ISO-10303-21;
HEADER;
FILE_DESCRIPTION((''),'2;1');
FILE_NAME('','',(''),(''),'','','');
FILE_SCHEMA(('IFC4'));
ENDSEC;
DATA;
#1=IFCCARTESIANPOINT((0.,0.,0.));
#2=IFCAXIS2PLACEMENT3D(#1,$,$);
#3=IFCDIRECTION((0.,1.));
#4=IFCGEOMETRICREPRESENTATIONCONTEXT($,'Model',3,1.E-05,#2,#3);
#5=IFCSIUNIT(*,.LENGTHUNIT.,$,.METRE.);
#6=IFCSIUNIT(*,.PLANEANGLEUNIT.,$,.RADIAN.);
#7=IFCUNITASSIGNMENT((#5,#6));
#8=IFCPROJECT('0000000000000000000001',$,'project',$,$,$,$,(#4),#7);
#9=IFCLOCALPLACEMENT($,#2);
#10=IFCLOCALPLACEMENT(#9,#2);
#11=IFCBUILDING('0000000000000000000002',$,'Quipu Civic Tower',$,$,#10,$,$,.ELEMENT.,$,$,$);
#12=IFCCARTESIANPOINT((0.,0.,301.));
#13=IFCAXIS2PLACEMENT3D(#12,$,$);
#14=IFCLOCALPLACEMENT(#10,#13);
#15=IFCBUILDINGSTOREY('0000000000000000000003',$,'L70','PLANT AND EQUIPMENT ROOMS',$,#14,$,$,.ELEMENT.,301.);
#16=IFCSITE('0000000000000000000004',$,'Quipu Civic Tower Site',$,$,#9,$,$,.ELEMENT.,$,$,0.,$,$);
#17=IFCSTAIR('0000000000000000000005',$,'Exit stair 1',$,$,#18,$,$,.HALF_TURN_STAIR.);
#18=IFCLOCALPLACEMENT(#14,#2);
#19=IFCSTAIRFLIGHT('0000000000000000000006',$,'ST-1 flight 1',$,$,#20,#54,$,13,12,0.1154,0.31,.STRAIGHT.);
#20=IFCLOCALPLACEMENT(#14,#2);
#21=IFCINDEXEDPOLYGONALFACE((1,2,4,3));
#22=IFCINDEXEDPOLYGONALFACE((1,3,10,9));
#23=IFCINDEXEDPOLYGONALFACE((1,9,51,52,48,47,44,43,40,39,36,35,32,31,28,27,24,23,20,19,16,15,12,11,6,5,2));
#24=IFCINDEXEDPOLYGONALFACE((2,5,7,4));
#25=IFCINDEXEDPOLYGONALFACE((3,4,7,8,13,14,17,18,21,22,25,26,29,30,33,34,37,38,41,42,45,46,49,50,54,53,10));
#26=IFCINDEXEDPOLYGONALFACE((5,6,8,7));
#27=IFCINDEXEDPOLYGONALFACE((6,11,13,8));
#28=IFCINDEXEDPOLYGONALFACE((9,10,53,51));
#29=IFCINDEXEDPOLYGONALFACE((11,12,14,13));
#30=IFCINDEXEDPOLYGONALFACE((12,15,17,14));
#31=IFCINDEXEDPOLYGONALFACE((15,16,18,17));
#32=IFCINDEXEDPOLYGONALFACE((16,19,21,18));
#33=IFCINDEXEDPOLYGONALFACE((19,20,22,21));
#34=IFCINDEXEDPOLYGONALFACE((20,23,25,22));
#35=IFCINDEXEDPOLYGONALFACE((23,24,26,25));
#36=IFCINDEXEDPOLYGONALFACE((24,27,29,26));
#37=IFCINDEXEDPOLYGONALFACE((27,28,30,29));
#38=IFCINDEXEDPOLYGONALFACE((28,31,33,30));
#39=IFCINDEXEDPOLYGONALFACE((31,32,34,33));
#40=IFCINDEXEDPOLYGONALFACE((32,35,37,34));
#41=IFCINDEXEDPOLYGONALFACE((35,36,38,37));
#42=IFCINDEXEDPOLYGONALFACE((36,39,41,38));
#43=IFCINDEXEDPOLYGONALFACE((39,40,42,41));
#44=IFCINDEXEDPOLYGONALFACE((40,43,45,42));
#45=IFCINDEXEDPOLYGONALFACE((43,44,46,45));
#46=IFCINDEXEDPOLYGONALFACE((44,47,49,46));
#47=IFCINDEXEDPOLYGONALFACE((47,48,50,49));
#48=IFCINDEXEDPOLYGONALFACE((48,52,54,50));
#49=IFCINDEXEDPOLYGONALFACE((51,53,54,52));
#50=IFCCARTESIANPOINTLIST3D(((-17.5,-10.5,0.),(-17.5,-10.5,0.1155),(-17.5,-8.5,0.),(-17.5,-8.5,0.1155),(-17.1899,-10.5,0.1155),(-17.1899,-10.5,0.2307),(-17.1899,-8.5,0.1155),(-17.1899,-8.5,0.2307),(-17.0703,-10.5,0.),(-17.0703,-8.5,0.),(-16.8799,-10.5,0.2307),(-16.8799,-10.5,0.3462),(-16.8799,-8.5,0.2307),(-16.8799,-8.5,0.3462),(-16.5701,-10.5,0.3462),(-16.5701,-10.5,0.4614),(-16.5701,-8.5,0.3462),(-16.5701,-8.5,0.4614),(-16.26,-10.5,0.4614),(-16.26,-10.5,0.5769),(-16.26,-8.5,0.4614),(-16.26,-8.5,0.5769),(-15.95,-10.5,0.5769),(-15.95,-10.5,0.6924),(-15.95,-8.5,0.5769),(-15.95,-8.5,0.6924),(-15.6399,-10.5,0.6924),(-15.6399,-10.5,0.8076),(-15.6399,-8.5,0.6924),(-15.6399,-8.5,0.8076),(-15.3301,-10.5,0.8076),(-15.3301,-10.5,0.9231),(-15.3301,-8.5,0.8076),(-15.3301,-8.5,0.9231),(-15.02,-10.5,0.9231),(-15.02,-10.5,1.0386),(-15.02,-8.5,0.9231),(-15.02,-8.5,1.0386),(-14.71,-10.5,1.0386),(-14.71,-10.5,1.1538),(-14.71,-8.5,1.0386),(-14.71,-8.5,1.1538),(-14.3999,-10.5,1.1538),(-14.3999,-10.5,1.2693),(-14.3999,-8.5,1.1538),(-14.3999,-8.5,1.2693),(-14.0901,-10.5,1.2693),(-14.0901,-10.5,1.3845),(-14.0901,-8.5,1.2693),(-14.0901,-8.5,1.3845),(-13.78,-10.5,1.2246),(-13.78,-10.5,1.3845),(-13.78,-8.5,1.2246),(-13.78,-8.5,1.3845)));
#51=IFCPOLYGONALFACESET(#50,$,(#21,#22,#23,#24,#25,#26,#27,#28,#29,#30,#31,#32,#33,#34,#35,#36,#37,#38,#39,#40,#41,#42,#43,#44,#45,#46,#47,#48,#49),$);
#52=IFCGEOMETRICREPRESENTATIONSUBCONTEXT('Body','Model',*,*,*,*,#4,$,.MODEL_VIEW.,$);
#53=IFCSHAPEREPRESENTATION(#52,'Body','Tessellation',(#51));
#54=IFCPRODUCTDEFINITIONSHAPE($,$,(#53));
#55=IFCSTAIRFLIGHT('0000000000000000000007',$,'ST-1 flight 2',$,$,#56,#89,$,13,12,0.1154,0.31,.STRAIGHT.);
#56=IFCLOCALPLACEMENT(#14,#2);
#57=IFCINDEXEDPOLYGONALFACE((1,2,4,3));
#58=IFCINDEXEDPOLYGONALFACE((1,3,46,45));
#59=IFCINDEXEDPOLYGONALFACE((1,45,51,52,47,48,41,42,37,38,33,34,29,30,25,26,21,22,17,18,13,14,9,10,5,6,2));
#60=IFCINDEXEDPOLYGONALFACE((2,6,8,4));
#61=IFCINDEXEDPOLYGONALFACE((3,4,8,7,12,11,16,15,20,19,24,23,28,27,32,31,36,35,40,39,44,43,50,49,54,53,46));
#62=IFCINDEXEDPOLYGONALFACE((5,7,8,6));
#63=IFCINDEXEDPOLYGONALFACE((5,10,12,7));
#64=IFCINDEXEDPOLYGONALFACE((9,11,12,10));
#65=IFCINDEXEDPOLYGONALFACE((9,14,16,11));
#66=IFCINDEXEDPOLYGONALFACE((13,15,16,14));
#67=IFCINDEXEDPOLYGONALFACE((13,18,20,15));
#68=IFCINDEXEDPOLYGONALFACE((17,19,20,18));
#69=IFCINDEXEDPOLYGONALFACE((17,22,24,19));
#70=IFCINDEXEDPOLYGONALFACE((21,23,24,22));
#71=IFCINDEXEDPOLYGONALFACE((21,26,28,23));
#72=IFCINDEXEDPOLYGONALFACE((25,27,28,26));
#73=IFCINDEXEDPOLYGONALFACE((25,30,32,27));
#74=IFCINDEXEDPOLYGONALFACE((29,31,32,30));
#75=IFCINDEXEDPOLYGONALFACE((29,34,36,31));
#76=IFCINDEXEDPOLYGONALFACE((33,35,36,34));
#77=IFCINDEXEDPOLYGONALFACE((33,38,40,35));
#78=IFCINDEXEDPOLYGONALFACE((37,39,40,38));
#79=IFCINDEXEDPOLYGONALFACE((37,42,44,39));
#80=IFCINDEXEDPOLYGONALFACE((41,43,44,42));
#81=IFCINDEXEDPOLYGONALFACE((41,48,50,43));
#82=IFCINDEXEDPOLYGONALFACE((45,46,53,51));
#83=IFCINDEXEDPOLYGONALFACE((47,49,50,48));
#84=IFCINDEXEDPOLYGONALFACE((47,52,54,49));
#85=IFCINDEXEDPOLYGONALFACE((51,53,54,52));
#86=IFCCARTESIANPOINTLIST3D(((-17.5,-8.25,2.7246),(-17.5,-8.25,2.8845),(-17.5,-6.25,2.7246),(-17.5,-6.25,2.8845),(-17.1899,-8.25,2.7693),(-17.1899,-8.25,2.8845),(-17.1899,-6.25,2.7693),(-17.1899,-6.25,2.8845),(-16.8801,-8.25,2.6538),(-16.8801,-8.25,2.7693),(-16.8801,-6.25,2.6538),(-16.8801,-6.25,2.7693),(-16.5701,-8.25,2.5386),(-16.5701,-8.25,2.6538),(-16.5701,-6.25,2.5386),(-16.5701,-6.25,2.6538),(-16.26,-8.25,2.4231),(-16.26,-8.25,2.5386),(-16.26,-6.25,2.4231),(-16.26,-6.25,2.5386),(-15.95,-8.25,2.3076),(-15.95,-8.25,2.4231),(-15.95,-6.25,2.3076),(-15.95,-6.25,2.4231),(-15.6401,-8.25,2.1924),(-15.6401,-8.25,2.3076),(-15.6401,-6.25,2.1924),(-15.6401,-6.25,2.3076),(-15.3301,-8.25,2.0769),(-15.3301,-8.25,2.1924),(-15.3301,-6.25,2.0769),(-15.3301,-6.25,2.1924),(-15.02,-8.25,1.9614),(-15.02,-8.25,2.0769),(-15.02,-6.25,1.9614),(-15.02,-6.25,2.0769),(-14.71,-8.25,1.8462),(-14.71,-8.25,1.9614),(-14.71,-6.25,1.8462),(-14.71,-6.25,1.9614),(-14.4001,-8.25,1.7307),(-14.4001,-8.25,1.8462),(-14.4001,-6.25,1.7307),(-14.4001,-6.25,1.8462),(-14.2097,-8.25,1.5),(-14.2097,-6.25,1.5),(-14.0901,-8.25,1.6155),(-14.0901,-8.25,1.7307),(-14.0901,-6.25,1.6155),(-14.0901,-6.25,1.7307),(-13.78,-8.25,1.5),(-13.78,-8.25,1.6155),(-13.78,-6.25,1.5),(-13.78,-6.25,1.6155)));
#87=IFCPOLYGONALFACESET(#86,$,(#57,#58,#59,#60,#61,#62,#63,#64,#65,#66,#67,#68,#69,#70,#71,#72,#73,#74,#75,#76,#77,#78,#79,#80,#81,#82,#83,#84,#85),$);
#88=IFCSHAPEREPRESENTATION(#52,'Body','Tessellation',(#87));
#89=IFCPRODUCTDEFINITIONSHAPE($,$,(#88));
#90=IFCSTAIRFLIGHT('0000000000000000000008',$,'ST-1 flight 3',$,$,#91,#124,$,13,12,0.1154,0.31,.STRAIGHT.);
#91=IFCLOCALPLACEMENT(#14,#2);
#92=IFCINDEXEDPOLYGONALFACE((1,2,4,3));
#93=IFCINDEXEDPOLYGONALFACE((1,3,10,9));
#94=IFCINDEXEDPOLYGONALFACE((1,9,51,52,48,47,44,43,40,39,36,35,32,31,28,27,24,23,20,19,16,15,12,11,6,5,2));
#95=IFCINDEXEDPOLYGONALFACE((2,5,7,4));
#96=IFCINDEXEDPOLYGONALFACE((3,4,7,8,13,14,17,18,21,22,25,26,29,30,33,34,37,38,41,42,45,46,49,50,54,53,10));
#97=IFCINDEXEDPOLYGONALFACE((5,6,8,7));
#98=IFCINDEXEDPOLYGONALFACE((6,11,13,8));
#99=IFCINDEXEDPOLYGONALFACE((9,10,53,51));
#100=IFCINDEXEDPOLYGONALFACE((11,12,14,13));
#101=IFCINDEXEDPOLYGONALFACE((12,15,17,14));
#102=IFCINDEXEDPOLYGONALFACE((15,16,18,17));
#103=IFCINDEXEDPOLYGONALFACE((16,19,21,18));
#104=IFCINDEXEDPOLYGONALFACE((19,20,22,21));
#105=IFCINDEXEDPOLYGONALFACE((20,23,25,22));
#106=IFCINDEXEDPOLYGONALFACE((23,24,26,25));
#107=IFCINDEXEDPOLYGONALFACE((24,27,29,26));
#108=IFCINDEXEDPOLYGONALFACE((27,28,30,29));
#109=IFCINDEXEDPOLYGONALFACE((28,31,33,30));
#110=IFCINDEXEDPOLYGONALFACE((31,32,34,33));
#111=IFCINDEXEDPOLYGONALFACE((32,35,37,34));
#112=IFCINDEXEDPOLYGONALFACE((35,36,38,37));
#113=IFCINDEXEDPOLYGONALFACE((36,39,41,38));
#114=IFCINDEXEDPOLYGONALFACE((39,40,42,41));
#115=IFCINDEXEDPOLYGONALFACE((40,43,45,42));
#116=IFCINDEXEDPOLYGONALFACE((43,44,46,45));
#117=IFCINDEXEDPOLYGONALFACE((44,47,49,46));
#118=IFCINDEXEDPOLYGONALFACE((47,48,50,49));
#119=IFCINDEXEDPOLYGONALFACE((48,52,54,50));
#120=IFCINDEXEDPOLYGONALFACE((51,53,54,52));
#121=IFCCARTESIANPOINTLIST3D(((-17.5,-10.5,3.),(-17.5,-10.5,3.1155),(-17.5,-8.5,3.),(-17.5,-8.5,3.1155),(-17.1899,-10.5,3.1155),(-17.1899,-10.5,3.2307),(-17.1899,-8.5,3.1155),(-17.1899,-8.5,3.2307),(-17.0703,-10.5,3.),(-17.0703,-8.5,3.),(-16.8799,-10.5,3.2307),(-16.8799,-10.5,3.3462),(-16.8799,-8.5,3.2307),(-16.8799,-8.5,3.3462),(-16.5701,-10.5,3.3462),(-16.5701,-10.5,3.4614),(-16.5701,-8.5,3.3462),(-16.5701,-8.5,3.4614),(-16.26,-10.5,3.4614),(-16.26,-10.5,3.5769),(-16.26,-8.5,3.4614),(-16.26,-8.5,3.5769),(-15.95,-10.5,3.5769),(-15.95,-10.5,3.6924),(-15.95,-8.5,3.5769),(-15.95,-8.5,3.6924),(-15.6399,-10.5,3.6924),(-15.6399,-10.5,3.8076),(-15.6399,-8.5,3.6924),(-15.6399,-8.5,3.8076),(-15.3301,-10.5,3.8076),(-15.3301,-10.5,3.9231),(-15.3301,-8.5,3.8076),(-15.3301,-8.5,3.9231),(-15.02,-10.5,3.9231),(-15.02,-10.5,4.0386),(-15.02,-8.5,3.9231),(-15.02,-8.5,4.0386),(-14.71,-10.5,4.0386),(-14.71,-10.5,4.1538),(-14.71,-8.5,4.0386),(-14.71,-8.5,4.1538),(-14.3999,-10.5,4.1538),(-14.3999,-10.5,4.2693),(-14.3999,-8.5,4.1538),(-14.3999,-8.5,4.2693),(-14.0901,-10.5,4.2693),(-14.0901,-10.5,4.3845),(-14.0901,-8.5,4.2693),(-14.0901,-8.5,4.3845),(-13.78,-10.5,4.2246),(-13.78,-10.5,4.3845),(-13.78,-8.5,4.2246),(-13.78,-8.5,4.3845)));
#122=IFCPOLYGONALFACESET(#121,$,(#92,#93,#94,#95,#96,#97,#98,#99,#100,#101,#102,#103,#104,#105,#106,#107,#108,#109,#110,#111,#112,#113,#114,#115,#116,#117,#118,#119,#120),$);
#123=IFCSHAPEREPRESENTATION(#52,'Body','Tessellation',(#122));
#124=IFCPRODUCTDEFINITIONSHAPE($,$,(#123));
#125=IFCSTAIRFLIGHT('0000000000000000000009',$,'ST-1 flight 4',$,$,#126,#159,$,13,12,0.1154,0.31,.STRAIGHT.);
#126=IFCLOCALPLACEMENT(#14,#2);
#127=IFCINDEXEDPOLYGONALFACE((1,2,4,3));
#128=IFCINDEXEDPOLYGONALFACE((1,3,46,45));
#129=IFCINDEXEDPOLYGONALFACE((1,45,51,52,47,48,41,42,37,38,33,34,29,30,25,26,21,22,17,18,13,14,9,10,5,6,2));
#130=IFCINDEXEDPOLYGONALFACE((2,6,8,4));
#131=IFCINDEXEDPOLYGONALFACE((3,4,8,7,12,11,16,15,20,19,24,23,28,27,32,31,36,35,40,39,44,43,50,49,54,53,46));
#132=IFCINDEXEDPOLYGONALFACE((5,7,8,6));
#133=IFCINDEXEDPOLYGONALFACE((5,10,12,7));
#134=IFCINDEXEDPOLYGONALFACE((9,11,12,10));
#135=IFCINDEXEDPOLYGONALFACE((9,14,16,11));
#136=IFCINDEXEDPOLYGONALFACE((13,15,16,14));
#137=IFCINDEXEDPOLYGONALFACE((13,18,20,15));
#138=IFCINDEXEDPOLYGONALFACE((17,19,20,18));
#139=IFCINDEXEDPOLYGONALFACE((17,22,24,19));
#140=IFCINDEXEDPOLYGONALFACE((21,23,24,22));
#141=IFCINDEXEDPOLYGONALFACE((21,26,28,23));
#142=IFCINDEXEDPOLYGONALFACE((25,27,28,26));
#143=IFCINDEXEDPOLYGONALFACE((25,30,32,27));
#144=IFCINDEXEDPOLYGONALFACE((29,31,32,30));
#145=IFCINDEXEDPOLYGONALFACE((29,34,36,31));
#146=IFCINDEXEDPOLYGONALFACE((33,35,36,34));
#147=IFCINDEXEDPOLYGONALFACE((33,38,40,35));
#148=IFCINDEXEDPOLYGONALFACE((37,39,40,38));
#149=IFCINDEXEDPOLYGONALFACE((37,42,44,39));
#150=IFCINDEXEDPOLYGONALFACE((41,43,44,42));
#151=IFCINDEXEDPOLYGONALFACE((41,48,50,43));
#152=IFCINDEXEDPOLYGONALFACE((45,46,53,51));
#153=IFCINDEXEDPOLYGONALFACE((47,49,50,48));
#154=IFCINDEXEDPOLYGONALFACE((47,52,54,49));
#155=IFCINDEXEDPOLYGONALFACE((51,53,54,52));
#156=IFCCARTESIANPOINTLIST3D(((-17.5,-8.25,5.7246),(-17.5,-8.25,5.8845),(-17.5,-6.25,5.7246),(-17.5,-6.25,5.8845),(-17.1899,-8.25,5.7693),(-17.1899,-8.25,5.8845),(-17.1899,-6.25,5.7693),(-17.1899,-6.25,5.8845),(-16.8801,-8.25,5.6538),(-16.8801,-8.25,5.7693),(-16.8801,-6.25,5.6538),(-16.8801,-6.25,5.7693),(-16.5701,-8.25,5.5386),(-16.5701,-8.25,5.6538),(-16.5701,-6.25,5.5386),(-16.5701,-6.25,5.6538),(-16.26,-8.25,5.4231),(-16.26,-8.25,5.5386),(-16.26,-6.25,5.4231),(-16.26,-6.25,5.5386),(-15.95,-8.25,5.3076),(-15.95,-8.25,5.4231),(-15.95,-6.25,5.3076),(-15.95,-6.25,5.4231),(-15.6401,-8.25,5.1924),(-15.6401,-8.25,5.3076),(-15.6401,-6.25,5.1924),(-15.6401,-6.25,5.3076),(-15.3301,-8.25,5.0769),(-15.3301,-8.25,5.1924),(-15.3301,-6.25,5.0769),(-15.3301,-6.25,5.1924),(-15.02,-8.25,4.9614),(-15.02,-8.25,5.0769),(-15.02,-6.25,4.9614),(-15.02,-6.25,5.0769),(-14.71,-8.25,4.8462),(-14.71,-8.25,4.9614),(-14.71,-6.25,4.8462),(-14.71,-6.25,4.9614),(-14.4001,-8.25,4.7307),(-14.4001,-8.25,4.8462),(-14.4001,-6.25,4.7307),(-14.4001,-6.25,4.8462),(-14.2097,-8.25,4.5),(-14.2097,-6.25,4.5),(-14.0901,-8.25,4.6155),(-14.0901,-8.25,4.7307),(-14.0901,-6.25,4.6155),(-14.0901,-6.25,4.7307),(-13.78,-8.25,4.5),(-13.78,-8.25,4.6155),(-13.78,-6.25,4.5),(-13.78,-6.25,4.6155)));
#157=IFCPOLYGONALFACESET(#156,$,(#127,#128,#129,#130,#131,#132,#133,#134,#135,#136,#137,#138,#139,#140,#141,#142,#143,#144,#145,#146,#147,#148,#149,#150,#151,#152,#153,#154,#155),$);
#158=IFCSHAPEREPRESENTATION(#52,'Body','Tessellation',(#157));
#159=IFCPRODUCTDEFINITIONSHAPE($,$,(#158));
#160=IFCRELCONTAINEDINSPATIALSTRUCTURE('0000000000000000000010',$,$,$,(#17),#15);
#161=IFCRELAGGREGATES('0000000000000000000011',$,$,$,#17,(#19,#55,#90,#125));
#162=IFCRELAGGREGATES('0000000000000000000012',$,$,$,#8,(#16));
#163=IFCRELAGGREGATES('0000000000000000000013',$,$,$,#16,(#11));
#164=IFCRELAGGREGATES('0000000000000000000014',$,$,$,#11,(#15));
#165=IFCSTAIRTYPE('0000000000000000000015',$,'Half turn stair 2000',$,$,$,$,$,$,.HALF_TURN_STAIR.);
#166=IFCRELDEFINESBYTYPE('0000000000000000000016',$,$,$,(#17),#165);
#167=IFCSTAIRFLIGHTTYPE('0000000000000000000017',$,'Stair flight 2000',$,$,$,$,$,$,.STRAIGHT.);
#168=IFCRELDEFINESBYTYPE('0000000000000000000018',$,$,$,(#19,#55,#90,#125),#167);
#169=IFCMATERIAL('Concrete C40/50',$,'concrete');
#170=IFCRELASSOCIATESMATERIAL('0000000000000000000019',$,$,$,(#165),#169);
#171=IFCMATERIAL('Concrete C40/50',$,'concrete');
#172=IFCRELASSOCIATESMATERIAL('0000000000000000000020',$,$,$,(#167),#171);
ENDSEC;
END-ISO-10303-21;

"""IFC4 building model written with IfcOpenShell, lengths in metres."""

from ifc_helpers import new_model, si_unit, direction, frame, origin, place, context, subcontext, project, spatial, polyline, outline, extrude, material, type_object, element, aggregate, save


model = new_model("IFC4")

# Units and contexts
model_context = context("Model", 3, precision=1e-05, world=origin(), true_north=direction((0.0, 1.0)))
body_context = subcontext(model_context, "Body", "Model", "MODEL_VIEW")
ifc_project = project(units=[si_unit("LENGTHUNIT", "METRE"), si_unit("PLANEANGLEUNIT", "RADIAN")], contexts=[model_context])

# Site, building, storey
site_placement = place(None, origin())
site = spatial("IfcSite", under=ifc_project, at=site_placement, Name="Quipu Civic Tower Site", CompositionType="ELEMENT", RefElevation=0.0)
building_placement = place(site_placement, origin())
building = spatial("IfcBuilding", under=site, at=building_placement, Name="Quipu Civic Tower", CompositionType="ELEMENT")
storey_placement = place(building_placement, frame((0.0, 0.0, 301.0)))
storey = spatial("IfcBuildingStorey", under=building, at=storey_placement, Name="L70", Description="PLANT AND EQUIPMENT ROOMS", CompositionType="ELEMENT", Elevation=301.0)

# Stair, stair flights
ifc_material_1 = material(Name="Concrete C40/50", Category="concrete")
stair_type = type_object("IfcStairType", Name="Half turn stair 2000", PredefinedType="HALF_TURN_STAIR", material=ifc_material_1)
stair_placement = place(storey_placement, origin())
stair = element("IfcStair", 1, at=stair_placement, inside=storey, type_object=stair_type, Name="Exit stair 1", PredefinedType="HALF_TURN_STAIR")
ifc_material_2 = material(Name="Concrete C40/50", Category="concrete")
stair_flight_type = type_object("IfcStairFlightType", Name="Stair flight 2000", PredefinedType="STRAIGHT", material=ifc_material_2)
stair_flight_1_placement = place(storey_placement, frame((-17.5, -9.5, 0.0), z_axis=(0.0, 0.0, 1.0), x_axis=(1.0, 0.0, 0.0)))
stair_flight_1 = element("IfcStairFlight", 2, at=stair_flight_1_placement, type_object=stair_flight_type, Name="ST-1 flight 1", NumberOfRisers=13, NumberOfTreads=12, PredefinedType="STRAIGHT", RiserHeight=0.1154, TreadLength=0.31, context=body_context, shape_type="SweptSolid", body=[
    extrude(outline(polyline([(0.0, 0.0), (0.0, 0.1155), (0.3101, 0.1155), (0.3101, 0.2307), (0.6201, 0.2307), (0.6201, 0.3462), (0.9299, 0.3462), (0.9299, 0.4614), (1.24, 0.4614), (1.24, 0.5769), (1.55, 0.5769), (1.55, 0.6924), (1.8601, 0.6924), (1.8601, 0.8076), (2.1699, 0.8076), (2.1699, 0.9231), (2.48, 0.9231), (2.48, 1.0386), (2.79, 1.0386), (2.79, 1.1538), (3.1001, 1.1538), (3.1001, 1.2693), (3.4099, 1.2693), (3.4099, 1.3845), (3.72, 1.3845), (3.72, 1.5), (3.72, 1.2246), (0.4297, 0.0), (0.0, 0.0)])), frame((0.0, 1.0, 0.0), z_axis=(0.0, -1.0, 0.0), x_axis=(1.0, 0.0, 0.0)), (0.0, 0.0, 1.0), 2.0),
])
stair_flight_2_placement = place(storey_placement, frame((-13.78, -7.25, 1.5), z_axis=(0.0, 0.0, 1.0), x_axis=(-1.0, 0.0, 0.0)))
stair_flight_2 = element("IfcStairFlight", 3, at=stair_flight_2_placement, type_object=stair_flight_type, Name="ST-1 flight 2", NumberOfRisers=13, NumberOfTreads=12, PredefinedType="STRAIGHT", RiserHeight=0.1154, TreadLength=0.31, context=body_context, shape_type="SweptSolid", body=[
    extrude(outline(polyline([(0.0, 0.0), (0.0, 0.1155), (0.3101, 0.1155), (0.3101, 0.2307), (0.6201, 0.2307), (0.6201, 0.3462), (0.9299, 0.3462), (0.9299, 0.4614), (1.24, 0.4614), (1.24, 0.5769), (1.55, 0.5769), (1.55, 0.6924), (1.8601, 0.6924), (1.8601, 0.8076), (2.1699, 0.8076), (2.1699, 0.9231), (2.48, 0.9231), (2.48, 1.0386), (2.79, 1.0386), (2.79, 1.1538), (3.1001, 1.1538), (3.1001, 1.2693), (3.4099, 1.2693), (3.4099, 1.3845), (3.72, 1.3845), (3.72, 1.5), (3.72, 1.2246), (0.4297, 0.0), (0.0, 0.0)])), frame((0.0, 1.0, 0.0), z_axis=(0.0, -1.0, 0.0), x_axis=(1.0, 0.0, 0.0)), (0.0, 0.0, 1.0), 2.0),
])
stair_flight_3_placement = place(storey_placement, frame((-17.5, -9.5, 3.0), z_axis=(0.0, 0.0, 1.0), x_axis=(1.0, 0.0, 0.0)))
stair_flight_3 = element("IfcStairFlight", 4, at=stair_flight_3_placement, type_object=stair_flight_type, Name="ST-1 flight 3", NumberOfRisers=13, NumberOfTreads=12, PredefinedType="STRAIGHT", RiserHeight=0.1154, TreadLength=0.31, context=body_context, shape_type="SweptSolid", body=[
    extrude(outline(polyline([(0.0, 0.0), (0.0, 0.1155), (0.3101, 0.1155), (0.3101, 0.2307), (0.6201, 0.2307), (0.6201, 0.3462), (0.9299, 0.3462), (0.9299, 0.4614), (1.24, 0.4614), (1.24, 0.5769), (1.55, 0.5769), (1.55, 0.6924), (1.8601, 0.6924), (1.8601, 0.8076), (2.1699, 0.8076), (2.1699, 0.9231), (2.48, 0.9231), (2.48, 1.0386), (2.79, 1.0386), (2.79, 1.1538), (3.1001, 1.1538), (3.1001, 1.2693), (3.4099, 1.2693), (3.4099, 1.3845), (3.72, 1.3845), (3.72, 1.5), (3.72, 1.2246), (0.4297, 0.0), (0.0, 0.0)])), frame((0.0, 1.0, 0.0), z_axis=(0.0, -1.0, 0.0), x_axis=(1.0, 0.0, 0.0)), (0.0, 0.0, 1.0), 2.0),
])
stair_flight_4_placement = place(storey_placement, frame((-13.78, -7.25, 4.5), z_axis=(0.0, 0.0, 1.0), x_axis=(-1.0, 0.0, 0.0)))
stair_flight_4 = element("IfcStairFlight", 5, at=stair_flight_4_placement, type_object=stair_flight_type, Name="ST-1 flight 4", NumberOfRisers=13, NumberOfTreads=12, PredefinedType="STRAIGHT", RiserHeight=0.1154, TreadLength=0.31, context=body_context, shape_type="SweptSolid", body=[
    extrude(outline(polyline([(0.0, 0.0), (0.0, 0.1155), (0.3101, 0.1155), (0.3101, 0.2307), (0.6201, 0.2307), (0.6201, 0.3462), (0.9299, 0.3462), (0.9299, 0.4614), (1.24, 0.4614), (1.24, 0.5769), (1.55, 0.5769), (1.55, 0.6924), (1.8601, 0.6924), (1.8601, 0.8076), (2.1699, 0.8076), (2.1699, 0.9231), (2.48, 0.9231), (2.48, 1.0386), (2.79, 1.0386), (2.79, 1.1538), (3.1001, 1.1538), (3.1001, 1.2693), (3.4099, 1.2693), (3.4099, 1.3845), (3.72, 1.3845), (3.72, 1.5), (3.72, 1.2246), (0.4297, 0.0), (0.0, 0.0)])), frame((0.0, 1.0, 0.0), z_axis=(0.0, -1.0, 0.0), x_axis=(1.0, 0.0, 0.0)), (0.0, 0.0, 1.0), 2.0),
])
aggregate(stair, [stair_flight_1, stair_flight_2, stair_flight_3, stair_flight_4])

save(model, "model.ifc")
